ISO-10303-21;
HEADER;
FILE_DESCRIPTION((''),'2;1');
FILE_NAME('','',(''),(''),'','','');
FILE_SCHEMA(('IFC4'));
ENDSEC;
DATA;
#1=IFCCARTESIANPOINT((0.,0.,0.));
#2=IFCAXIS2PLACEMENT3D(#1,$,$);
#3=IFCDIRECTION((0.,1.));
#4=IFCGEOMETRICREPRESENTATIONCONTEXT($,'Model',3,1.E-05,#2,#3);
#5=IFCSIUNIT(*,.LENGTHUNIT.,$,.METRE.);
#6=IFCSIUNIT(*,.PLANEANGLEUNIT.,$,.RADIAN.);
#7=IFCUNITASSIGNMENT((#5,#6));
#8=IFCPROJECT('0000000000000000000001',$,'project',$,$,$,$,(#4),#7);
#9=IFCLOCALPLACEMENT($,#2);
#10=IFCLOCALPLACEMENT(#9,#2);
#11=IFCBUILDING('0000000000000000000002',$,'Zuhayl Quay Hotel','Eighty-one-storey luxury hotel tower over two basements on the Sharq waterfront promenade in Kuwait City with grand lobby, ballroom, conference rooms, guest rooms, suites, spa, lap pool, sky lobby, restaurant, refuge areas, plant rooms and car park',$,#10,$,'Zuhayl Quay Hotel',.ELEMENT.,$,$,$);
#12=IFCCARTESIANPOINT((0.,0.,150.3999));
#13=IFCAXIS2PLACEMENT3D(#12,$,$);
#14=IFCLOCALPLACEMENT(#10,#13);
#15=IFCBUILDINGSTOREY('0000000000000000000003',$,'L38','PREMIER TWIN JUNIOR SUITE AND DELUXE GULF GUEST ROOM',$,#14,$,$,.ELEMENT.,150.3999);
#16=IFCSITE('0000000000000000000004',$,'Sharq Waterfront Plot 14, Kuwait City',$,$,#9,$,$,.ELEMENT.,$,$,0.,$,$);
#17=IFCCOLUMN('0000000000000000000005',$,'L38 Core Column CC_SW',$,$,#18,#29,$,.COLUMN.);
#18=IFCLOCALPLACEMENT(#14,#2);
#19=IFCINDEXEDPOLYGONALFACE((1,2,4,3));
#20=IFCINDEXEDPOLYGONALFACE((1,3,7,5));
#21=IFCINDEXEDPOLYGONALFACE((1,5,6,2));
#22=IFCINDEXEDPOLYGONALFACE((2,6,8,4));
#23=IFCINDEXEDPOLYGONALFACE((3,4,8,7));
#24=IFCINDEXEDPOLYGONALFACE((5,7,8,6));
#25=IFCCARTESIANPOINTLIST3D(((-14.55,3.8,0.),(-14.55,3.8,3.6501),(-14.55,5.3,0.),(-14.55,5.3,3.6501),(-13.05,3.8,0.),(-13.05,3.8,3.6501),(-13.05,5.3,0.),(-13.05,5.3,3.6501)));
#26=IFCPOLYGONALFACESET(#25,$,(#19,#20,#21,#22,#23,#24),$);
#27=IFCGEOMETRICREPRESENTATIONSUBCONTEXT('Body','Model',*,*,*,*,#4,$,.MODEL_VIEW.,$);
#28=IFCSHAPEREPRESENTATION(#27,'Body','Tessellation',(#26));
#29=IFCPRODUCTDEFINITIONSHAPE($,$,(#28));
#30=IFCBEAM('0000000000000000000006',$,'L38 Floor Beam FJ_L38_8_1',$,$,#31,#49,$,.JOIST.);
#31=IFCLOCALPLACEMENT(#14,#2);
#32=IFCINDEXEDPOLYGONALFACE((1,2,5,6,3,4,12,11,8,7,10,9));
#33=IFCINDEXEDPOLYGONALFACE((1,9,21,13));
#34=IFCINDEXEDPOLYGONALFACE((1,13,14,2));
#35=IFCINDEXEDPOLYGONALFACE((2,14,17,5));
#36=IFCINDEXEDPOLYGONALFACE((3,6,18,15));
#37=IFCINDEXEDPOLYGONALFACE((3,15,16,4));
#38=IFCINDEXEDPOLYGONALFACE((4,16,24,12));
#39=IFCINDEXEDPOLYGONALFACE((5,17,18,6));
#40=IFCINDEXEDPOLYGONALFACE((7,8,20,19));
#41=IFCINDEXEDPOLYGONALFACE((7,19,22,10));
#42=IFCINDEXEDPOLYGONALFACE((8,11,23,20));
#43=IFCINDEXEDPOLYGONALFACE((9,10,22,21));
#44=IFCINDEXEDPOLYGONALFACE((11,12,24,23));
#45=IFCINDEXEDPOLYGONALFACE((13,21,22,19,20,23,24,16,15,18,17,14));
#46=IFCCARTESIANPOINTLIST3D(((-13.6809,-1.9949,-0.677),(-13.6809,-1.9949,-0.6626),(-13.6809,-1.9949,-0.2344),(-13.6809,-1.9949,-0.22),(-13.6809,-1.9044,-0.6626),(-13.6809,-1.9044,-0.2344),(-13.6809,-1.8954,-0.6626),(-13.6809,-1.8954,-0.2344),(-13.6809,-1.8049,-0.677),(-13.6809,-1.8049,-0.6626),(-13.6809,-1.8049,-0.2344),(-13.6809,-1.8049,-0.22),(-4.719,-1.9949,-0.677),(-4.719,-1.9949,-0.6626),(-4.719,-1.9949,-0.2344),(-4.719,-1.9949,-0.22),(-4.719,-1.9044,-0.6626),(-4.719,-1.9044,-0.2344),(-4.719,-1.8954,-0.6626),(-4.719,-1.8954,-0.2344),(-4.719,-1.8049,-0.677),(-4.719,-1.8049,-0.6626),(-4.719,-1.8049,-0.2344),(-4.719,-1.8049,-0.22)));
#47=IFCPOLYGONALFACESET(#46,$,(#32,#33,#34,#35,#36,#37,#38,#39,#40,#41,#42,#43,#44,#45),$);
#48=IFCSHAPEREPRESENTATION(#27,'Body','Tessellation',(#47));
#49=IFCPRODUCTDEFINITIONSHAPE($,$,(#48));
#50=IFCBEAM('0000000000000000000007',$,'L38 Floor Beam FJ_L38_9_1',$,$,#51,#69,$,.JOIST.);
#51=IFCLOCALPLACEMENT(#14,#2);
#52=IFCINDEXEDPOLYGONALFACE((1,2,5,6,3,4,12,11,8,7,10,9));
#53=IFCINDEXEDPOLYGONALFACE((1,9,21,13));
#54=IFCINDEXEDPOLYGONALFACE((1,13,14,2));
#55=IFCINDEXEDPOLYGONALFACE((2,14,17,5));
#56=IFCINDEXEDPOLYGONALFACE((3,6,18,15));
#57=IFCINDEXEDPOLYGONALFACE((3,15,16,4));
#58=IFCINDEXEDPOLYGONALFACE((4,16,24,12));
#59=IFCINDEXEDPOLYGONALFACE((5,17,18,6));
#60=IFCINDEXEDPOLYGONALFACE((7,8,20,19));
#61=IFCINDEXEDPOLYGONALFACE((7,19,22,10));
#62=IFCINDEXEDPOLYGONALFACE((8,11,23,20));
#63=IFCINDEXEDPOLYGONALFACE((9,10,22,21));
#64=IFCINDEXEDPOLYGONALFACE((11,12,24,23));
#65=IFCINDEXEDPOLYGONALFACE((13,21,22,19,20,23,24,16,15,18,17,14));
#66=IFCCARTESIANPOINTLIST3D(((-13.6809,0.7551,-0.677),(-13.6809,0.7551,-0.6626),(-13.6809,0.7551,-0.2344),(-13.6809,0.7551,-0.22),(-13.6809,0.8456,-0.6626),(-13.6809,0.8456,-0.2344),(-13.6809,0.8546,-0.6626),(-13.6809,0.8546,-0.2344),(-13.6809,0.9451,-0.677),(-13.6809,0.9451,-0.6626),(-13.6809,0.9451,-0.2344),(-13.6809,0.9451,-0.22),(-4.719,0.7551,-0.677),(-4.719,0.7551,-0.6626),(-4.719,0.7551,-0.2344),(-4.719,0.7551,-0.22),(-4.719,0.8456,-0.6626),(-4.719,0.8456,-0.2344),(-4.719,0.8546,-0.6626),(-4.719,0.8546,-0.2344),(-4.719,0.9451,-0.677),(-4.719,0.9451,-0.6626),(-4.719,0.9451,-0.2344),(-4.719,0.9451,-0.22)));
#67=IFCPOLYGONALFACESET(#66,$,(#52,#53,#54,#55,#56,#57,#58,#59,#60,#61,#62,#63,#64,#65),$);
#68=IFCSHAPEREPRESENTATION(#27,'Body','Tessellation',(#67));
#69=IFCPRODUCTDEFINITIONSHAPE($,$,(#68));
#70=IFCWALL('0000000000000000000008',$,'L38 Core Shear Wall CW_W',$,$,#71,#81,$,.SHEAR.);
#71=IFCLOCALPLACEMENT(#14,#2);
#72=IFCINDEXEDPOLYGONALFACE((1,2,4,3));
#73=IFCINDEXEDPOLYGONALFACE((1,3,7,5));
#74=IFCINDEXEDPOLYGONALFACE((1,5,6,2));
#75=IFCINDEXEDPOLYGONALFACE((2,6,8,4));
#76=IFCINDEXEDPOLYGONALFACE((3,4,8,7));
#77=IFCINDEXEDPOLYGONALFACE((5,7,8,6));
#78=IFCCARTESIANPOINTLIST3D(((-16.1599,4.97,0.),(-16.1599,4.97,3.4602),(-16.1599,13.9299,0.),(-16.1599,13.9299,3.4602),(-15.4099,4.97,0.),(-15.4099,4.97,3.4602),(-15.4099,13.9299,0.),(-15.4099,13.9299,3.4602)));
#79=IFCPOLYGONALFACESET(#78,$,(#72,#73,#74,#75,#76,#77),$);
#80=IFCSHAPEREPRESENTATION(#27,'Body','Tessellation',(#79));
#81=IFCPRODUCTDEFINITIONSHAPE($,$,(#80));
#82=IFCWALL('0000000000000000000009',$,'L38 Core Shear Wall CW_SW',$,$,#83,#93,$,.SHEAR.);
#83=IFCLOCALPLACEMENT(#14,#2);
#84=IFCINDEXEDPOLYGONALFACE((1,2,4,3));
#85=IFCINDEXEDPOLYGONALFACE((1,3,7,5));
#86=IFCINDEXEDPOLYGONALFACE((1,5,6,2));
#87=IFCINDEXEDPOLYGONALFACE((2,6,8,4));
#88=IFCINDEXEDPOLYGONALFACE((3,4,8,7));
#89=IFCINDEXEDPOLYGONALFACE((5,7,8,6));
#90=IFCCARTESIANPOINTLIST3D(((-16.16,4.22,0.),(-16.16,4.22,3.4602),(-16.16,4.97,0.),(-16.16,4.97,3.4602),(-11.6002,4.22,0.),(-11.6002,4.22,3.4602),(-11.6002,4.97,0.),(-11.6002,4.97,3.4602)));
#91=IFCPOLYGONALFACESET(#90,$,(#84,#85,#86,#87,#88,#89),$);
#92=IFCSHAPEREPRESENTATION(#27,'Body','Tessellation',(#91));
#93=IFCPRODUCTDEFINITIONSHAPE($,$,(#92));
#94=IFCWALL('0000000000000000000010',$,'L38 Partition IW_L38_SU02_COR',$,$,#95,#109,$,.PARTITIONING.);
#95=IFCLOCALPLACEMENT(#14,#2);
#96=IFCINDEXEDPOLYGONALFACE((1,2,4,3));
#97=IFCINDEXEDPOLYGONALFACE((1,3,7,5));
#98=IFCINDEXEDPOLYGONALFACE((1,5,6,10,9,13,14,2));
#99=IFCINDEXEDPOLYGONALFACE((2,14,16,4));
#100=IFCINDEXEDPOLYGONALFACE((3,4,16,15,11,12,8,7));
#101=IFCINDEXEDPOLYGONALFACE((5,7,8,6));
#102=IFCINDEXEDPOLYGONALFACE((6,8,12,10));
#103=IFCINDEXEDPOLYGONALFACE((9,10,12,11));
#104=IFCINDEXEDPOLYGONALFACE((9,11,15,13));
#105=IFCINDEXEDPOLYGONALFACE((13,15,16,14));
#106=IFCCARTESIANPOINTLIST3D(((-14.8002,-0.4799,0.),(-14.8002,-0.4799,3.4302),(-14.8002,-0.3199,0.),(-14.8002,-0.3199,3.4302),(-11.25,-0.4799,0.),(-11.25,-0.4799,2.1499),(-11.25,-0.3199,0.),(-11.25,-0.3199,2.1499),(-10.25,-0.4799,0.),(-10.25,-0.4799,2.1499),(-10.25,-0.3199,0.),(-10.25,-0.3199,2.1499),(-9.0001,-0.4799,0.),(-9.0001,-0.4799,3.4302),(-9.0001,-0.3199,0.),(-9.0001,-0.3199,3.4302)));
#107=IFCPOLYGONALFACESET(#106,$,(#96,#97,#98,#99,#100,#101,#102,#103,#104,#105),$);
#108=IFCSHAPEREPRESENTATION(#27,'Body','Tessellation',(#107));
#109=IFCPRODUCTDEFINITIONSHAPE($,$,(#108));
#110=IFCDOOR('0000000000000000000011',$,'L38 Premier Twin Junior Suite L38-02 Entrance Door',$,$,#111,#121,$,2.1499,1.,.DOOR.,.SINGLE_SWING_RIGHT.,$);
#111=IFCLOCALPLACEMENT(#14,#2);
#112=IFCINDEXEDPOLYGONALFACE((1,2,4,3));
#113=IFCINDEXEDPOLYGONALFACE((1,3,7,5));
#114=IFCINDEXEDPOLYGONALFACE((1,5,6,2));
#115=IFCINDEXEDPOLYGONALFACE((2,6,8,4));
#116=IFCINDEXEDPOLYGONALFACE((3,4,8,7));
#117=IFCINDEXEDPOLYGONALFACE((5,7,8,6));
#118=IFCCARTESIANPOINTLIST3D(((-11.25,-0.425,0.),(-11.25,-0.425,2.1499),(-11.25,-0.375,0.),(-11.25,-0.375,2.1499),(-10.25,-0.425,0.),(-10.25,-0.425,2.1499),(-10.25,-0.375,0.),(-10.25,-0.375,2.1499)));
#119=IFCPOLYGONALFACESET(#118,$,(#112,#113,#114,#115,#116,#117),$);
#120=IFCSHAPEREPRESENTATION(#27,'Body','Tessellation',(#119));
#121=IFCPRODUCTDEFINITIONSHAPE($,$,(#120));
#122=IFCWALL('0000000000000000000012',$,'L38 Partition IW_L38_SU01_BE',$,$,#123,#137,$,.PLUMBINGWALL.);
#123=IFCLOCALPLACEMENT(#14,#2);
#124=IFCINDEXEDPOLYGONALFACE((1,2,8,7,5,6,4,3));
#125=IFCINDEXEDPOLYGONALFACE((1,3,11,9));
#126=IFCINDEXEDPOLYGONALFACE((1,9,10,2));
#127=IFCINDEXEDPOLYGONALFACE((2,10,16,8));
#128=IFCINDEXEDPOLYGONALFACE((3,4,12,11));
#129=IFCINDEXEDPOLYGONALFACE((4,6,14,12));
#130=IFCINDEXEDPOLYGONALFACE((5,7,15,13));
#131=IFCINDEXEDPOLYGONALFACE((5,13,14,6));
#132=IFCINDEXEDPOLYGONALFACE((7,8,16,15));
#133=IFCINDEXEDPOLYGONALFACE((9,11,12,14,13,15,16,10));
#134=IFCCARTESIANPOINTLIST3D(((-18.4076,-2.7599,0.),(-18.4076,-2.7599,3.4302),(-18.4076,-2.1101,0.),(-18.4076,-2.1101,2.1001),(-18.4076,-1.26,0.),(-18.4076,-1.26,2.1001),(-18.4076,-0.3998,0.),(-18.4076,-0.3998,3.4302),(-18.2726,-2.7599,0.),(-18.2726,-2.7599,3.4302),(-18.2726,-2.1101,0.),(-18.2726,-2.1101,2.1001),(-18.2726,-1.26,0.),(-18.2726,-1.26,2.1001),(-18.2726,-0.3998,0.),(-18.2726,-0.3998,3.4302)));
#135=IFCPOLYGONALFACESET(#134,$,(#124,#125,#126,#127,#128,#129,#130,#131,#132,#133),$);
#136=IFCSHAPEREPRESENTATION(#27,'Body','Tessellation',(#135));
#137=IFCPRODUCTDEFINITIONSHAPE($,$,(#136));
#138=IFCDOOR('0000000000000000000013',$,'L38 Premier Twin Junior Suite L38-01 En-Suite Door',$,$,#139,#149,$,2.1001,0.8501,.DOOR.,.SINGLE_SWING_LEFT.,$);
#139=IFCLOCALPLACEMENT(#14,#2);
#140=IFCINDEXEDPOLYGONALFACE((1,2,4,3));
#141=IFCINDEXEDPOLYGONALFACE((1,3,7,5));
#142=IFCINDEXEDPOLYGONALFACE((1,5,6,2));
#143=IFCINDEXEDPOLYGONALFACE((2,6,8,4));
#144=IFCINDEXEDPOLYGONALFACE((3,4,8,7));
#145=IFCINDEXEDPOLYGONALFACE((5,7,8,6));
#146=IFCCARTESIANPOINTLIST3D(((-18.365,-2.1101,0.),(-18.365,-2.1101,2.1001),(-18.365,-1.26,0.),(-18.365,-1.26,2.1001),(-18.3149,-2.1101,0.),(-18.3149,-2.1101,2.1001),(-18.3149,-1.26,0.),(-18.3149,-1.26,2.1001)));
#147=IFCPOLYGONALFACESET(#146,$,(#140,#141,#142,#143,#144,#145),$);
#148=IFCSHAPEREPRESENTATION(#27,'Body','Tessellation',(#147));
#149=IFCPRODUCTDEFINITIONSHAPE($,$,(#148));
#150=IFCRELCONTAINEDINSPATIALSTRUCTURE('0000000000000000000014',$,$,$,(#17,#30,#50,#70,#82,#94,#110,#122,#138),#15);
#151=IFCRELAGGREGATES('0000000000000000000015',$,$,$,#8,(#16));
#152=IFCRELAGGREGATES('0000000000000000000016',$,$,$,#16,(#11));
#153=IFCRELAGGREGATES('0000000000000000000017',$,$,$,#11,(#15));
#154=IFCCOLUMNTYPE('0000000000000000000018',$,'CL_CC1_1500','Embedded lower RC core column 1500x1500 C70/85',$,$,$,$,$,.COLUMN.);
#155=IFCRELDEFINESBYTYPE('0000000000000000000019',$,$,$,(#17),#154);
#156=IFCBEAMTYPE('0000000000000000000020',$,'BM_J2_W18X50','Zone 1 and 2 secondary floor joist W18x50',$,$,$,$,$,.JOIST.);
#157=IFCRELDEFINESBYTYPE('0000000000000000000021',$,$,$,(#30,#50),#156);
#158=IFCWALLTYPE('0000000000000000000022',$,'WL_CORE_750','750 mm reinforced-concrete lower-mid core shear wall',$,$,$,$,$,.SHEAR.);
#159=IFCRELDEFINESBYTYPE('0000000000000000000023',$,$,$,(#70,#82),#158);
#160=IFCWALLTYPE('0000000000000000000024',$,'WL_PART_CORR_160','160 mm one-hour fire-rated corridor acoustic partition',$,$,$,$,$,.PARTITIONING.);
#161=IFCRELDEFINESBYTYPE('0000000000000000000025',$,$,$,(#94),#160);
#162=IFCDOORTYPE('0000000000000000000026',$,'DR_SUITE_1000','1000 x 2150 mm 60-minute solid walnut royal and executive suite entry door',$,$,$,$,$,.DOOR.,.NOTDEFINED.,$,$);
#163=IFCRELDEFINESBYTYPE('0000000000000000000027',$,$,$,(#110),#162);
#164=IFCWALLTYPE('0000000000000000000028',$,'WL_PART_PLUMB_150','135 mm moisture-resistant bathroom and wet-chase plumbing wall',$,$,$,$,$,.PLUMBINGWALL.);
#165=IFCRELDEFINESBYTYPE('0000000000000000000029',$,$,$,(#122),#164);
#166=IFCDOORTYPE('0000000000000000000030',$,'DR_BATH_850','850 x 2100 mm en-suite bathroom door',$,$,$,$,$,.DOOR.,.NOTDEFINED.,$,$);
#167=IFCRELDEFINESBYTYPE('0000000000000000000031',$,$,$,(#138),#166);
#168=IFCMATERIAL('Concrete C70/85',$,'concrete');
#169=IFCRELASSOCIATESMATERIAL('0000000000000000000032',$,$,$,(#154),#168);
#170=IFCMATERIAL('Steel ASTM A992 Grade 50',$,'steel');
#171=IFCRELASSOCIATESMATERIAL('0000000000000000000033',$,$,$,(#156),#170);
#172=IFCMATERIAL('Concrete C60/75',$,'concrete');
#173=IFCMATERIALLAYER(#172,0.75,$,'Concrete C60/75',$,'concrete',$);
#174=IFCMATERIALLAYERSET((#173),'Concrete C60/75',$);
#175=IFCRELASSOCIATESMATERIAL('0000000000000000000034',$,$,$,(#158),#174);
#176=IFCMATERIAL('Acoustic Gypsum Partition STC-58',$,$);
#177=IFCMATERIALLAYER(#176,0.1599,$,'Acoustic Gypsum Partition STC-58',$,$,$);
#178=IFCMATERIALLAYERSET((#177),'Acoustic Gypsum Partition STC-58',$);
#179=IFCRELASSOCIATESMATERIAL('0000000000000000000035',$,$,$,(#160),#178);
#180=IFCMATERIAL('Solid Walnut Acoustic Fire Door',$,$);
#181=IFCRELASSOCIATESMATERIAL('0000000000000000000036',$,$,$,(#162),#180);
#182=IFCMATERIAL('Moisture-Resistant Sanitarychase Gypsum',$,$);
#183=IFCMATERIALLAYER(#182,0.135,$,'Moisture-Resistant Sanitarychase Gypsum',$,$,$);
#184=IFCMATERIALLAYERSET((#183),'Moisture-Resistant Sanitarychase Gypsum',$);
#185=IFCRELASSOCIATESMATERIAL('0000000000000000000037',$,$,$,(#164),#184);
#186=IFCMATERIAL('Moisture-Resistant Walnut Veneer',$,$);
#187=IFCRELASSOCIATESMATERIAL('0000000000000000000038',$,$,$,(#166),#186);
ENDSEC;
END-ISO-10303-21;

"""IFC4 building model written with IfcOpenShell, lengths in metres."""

from ifc_helpers import new_model, si_unit, direction, frame, frame_2d, origin, origin_2d, place, context, subcontext, project, spatial, rectangle, i_section, extrude, material, layer, layer_set, material_profile, profile_set, type_object, element, fill, save


model = new_model("IFC4")

# Units and contexts
model_context = context("Model", 3, precision=1e-05, world=origin(), true_north=direction((0.0, 1.0)))
body_context = subcontext(model_context, "Body", "Model", "MODEL_VIEW")
ifc_project = project(units=[si_unit("LENGTHUNIT", "METRE"), si_unit("PLANEANGLEUNIT", "RADIAN")], contexts=[model_context])

# Site, building, storey
site_placement = place(None, origin())
site = spatial("IfcSite", under=ifc_project, at=site_placement, Name="Sharq Waterfront Plot 14, Kuwait City", CompositionType="ELEMENT", RefElevation=0.0)
building_placement = place(site_placement, origin())
building = spatial("IfcBuilding", under=site, at=building_placement, Name="Zuhayl Quay Hotel", Description="Eighty-one-storey luxury hotel tower over two basements on the Sharq waterfront promenade in Kuwait City with grand lobby, ballroom, conference rooms, guest rooms, suites, spa, lap pool, sky lobby, restaurant, refuge areas, plant rooms and car park", LongName="Zuhayl Quay Hotel", CompositionType="ELEMENT")
storey_placement = place(building_placement, frame((0.0, 0.0, 150.3999)))
storey = spatial("IfcBuildingStorey", under=building, at=storey_placement, Name="L38", Description="PREMIER TWIN JUNIOR SUITE AND DELUXE GULF GUEST ROOM", CompositionType="ELEMENT", Elevation=150.3999)

# Column
ifc_material_1 = material(Name="Concrete C70/85", Category="concrete")
ifc_material_profile_1 = material_profile(ifc_material_1, rectangle(XDim=1.5, YDim=1.5, at=origin_2d()), Name="RC1500X1500")
ifc_profile_set_1 = profile_set([ifc_material_profile_1], Name="Concrete C70/85")
column_type = type_object("IfcColumnType", Name="CL_CC1_1500", Description="Embedded lower RC core column 1500x1500 C70/85", PredefinedType="COLUMN", material=ifc_profile_set_1)
column_placement = place(storey_placement, frame((-13.8, 4.55, 0.0), z_axis=(0.0, 0.0, 1.0), x_axis=(1.0, 0.0, 0.0)))
element("IfcColumn", 1, at=column_placement, inside=storey, type_object=column_type, Name="L38 Core Column CC_SW", PredefinedType="COLUMN", context=body_context, shape_type="SweptSolid", body=[
    extrude(rectangle(XDim=1.5, YDim=1.5, at=origin_2d()), origin(), (0.0, 0.0, 1.0), 3.6501),
])

# Beams
ifc_material_2 = material(Name="Steel ASTM A992 Grade 50", Category="steel")
ifc_material_profile_2 = material_profile(ifc_material_2, i_section(OverallWidth=0.1899, OverallDepth=0.457, WebThickness=0.009, FlangeThickness=0.0144, at=origin_2d()), Name="W18X50")
ifc_profile_set_2 = profile_set([ifc_material_profile_2], Name="Steel ASTM A992 Grade 50")
beam_type = type_object("IfcBeamType", Name="BM_J2_W18X50", Description="Zone 1 and 2 secondary floor joist W18x50", PredefinedType="JOIST", material=ifc_profile_set_2)
for number, where, z_axis, x_axis, name in (
    (2, (-13.6809, -1.8999, -0.4485), (1.0, 0.0, 0.0), (0.0, 1.0, 0.0), "L38 Floor Beam FJ_L38_8_1"),
    (3, (-13.6809, 0.8501, -0.4485), (1.0, 0.0, 0.0), (0.0, 1.0, 0.0), "L38 Floor Beam FJ_L38_9_1"),
):
    element("IfcBeam", number, at=place(storey_placement, frame(where, z_axis=z_axis, x_axis=x_axis)), inside=storey, type_object=beam_type, Name=name, PredefinedType="JOIST", context=body_context, shape_type="SweptSolid", body=[
        extrude(i_section(OverallWidth=0.1899, OverallDepth=0.457, WebThickness=0.009, FlangeThickness=0.0144, at=origin_2d()), origin(), (0.0, 0.0, 1.0), 8.9619),
    ])

# Walls
ifc_material_3 = material(Name="Concrete C60/75", Category="concrete")
ifc_layer_1 = layer(ifc_material_3, 0.75, Name="Concrete C60/75", Category="concrete")
ifc_layer_set_1 = layer_set([ifc_layer_1], Name="Concrete C60/75")
wall_type_1 = type_object("IfcWallType", Name="WL_CORE_750", Description="750 mm reinforced-concrete lower-mid core shear wall", PredefinedType="SHEAR", material=ifc_layer_set_1)
wall_1_placement = place(storey_placement, frame((-15.7849, 4.97, 0.0), z_axis=(0.0, 0.0, 1.0), x_axis=(0.0, 1.0, 0.0)))
element("IfcWall", 4, at=wall_1_placement, inside=storey, type_object=wall_type_1, Name="L38 Core Shear Wall CW_W", PredefinedType="SHEAR", context=body_context, shape_type="SweptSolid", body=[
    extrude(rectangle(XDim=8.96, YDim=0.75, at=frame_2d((4.48, 0.0))), origin(), (0.0, 0.0, 1.0), 3.4602),
])
wall_2_placement = place(storey_placement, frame((-16.1599, 4.595, 0.0), z_axis=(0.0, 0.0, 1.0), x_axis=(1.0, 0.0, 0.0)))
element("IfcWall", 5, at=wall_2_placement, inside=storey, type_object=wall_type_1, Name="L38 Core Shear Wall CW_SW", PredefinedType="SHEAR", context=body_context, shape_type="SweptSolid", body=[
    extrude(rectangle(XDim=4.5598, YDim=0.75, at=frame_2d((2.2798, 0.0))), origin(), (0.0, 0.0, 1.0), 3.4602),
])

# Walls, openings, doors
ifc_material_4 = material(Name="Acoustic Gypsum Partition STC-58")
ifc_layer_2 = layer(ifc_material_4, 0.1599, Name="Acoustic Gypsum Partition STC-58")
ifc_layer_set_2 = layer_set([ifc_layer_2], Name="Acoustic Gypsum Partition STC-58")
wall_type_2 = type_object("IfcWallType", Name="WL_PART_CORR_160", Description="160 mm one-hour fire-rated corridor acoustic partition", PredefinedType="PARTITIONING", material=ifc_layer_set_2)
wall_3_placement = place(storey_placement, frame((-14.8, -0.3999, 0.0), z_axis=(0.0, 0.0, 1.0), x_axis=(1.0, 0.0, 0.0)))
wall_3 = element("IfcWall", 6, at=wall_3_placement, inside=storey, type_object=wall_type_2, Name="L38 Partition IW_L38_SU02_COR", PredefinedType="PARTITIONING", context=body_context, shape_type="SweptSolid", body=[
    extrude(rectangle(XDim=5.8, YDim=0.1599, at=frame_2d((2.8999, 0.0))), origin(), (0.0, 0.0, 1.0), 3.4302),
])
opening_1_placement = place(wall_3_placement, frame((3.55, 0.0, 0.0)))
opening_1 = element("IfcOpeningElement", 7, at=opening_1_placement, cuts=wall_3, PredefinedType="OPENING", context=body_context, shape_type="SweptSolid", body=[
    extrude(rectangle(XDim=1.0, YDim=2.1499, at=frame_2d((0.5, 1.075))), frame((0.0, 0.0898, 0.0), z_axis=(0.0, -1.0, 0.0), x_axis=(1.0, 0.0, 0.0)), (0.0, 0.0, 1.0), 0.1799),
])
ifc_material_5 = material(Name="Solid Walnut Acoustic Fire Door")
door_type_1 = type_object("IfcDoorType", Name="DR_SUITE_1000", Description="1000 x 2150 mm 60-minute solid walnut royal and executive suite entry door", OperationType="NOTDEFINED", PredefinedType="DOOR", material=ifc_material_5)
door_1_placement = place(opening_1_placement, origin())
door_1 = element("IfcDoor", 8, at=door_1_placement, inside=storey, type_object=door_type_1, Name="L38 Premier Twin Junior Suite L38-02 Entrance Door", OperationType="SINGLE_SWING_RIGHT", OverallHeight=2.1499, OverallWidth=1.0, PredefinedType="DOOR", context=body_context, shape_type="SweptSolid", body=[
    extrude(rectangle(XDim=1.0, YDim=2.1499, at=frame_2d((0.5, 1.075))), frame((0.0, 0.0249, 0.0), z_axis=(0.0, -1.0, 0.0), x_axis=(1.0, 0.0, 0.0)), (0.0, 0.0, 1.0), 0.05),
])
fill(opening_1, door_1)
ifc_material_6 = material(Name="Moisture-Resistant Sanitarychase Gypsum")
ifc_layer_3 = layer(ifc_material_6, 0.135, Name="Moisture-Resistant Sanitarychase Gypsum")
ifc_layer_set_3 = layer_set([ifc_layer_3], Name="Moisture-Resistant Sanitarychase Gypsum")
wall_type_3 = type_object("IfcWallType", Name="WL_PART_PLUMB_150", Description="135 mm moisture-resistant bathroom and wet-chase plumbing wall", PredefinedType="PLUMBINGWALL", material=ifc_layer_set_3)
wall_4_placement = place(storey_placement, frame((-18.3401, -2.76, 0.0), z_axis=(0.0, 0.0, 1.0), x_axis=(0.0, 1.0, 0.0)))
wall_4 = element("IfcWall", 9, at=wall_4_placement, inside=storey, type_object=wall_type_3, Name="L38 Partition IW_L38_SU01_BE", PredefinedType="PLUMBINGWALL", context=body_context, shape_type="SweptSolid", body=[
    extrude(rectangle(XDim=2.3601, YDim=0.135, at=frame_2d((1.1802, 0.0))), origin(), (0.0, 0.0, 1.0), 3.4302),
])
opening_2_placement = place(wall_4_placement, frame((0.6499, 0.0, 0.0)))
opening_2 = element("IfcOpeningElement", 10, at=opening_2_placement, cuts=wall_4, PredefinedType="OPENING", context=body_context, shape_type="SweptSolid", body=[
    extrude(rectangle(XDim=0.8501, YDim=2.1001, at=frame_2d((0.425, 1.05))), frame((0.0, 0.0774, 0.0), z_axis=(0.0, -1.0, 0.0), x_axis=(1.0, 0.0, 0.0)), (0.0, 0.0, 1.0), 0.155),
])
ifc_material_7 = material(Name="Moisture-Resistant Walnut Veneer")
door_type_2 = type_object("IfcDoorType", Name="DR_BATH_850", Description="850 x 2100 mm en-suite bathroom door", OperationType="NOTDEFINED", PredefinedType="DOOR", material=ifc_material_7)
door_2_placement = place(opening_2_placement, origin())
door_2 = element("IfcDoor", 11, at=door_2_placement, inside=storey, type_object=door_type_2, Name="L38 Premier Twin Junior Suite L38-01 En-Suite Door", OperationType="SINGLE_SWING_LEFT", OverallHeight=2.1001, OverallWidth=0.8501, PredefinedType="DOOR", context=body_context, shape_type="SweptSolid", body=[
    extrude(rectangle(XDim=0.8501, YDim=2.1001, at=frame_2d((0.425, 1.05))), frame((0.0, 0.0249, 0.0), z_axis=(0.0, -1.0, 0.0), x_axis=(1.0, 0.0, 0.0)), (0.0, 0.0, 1.0), 0.05),
])
fill(opening_2, door_2)

save(model, "model.ifc")
